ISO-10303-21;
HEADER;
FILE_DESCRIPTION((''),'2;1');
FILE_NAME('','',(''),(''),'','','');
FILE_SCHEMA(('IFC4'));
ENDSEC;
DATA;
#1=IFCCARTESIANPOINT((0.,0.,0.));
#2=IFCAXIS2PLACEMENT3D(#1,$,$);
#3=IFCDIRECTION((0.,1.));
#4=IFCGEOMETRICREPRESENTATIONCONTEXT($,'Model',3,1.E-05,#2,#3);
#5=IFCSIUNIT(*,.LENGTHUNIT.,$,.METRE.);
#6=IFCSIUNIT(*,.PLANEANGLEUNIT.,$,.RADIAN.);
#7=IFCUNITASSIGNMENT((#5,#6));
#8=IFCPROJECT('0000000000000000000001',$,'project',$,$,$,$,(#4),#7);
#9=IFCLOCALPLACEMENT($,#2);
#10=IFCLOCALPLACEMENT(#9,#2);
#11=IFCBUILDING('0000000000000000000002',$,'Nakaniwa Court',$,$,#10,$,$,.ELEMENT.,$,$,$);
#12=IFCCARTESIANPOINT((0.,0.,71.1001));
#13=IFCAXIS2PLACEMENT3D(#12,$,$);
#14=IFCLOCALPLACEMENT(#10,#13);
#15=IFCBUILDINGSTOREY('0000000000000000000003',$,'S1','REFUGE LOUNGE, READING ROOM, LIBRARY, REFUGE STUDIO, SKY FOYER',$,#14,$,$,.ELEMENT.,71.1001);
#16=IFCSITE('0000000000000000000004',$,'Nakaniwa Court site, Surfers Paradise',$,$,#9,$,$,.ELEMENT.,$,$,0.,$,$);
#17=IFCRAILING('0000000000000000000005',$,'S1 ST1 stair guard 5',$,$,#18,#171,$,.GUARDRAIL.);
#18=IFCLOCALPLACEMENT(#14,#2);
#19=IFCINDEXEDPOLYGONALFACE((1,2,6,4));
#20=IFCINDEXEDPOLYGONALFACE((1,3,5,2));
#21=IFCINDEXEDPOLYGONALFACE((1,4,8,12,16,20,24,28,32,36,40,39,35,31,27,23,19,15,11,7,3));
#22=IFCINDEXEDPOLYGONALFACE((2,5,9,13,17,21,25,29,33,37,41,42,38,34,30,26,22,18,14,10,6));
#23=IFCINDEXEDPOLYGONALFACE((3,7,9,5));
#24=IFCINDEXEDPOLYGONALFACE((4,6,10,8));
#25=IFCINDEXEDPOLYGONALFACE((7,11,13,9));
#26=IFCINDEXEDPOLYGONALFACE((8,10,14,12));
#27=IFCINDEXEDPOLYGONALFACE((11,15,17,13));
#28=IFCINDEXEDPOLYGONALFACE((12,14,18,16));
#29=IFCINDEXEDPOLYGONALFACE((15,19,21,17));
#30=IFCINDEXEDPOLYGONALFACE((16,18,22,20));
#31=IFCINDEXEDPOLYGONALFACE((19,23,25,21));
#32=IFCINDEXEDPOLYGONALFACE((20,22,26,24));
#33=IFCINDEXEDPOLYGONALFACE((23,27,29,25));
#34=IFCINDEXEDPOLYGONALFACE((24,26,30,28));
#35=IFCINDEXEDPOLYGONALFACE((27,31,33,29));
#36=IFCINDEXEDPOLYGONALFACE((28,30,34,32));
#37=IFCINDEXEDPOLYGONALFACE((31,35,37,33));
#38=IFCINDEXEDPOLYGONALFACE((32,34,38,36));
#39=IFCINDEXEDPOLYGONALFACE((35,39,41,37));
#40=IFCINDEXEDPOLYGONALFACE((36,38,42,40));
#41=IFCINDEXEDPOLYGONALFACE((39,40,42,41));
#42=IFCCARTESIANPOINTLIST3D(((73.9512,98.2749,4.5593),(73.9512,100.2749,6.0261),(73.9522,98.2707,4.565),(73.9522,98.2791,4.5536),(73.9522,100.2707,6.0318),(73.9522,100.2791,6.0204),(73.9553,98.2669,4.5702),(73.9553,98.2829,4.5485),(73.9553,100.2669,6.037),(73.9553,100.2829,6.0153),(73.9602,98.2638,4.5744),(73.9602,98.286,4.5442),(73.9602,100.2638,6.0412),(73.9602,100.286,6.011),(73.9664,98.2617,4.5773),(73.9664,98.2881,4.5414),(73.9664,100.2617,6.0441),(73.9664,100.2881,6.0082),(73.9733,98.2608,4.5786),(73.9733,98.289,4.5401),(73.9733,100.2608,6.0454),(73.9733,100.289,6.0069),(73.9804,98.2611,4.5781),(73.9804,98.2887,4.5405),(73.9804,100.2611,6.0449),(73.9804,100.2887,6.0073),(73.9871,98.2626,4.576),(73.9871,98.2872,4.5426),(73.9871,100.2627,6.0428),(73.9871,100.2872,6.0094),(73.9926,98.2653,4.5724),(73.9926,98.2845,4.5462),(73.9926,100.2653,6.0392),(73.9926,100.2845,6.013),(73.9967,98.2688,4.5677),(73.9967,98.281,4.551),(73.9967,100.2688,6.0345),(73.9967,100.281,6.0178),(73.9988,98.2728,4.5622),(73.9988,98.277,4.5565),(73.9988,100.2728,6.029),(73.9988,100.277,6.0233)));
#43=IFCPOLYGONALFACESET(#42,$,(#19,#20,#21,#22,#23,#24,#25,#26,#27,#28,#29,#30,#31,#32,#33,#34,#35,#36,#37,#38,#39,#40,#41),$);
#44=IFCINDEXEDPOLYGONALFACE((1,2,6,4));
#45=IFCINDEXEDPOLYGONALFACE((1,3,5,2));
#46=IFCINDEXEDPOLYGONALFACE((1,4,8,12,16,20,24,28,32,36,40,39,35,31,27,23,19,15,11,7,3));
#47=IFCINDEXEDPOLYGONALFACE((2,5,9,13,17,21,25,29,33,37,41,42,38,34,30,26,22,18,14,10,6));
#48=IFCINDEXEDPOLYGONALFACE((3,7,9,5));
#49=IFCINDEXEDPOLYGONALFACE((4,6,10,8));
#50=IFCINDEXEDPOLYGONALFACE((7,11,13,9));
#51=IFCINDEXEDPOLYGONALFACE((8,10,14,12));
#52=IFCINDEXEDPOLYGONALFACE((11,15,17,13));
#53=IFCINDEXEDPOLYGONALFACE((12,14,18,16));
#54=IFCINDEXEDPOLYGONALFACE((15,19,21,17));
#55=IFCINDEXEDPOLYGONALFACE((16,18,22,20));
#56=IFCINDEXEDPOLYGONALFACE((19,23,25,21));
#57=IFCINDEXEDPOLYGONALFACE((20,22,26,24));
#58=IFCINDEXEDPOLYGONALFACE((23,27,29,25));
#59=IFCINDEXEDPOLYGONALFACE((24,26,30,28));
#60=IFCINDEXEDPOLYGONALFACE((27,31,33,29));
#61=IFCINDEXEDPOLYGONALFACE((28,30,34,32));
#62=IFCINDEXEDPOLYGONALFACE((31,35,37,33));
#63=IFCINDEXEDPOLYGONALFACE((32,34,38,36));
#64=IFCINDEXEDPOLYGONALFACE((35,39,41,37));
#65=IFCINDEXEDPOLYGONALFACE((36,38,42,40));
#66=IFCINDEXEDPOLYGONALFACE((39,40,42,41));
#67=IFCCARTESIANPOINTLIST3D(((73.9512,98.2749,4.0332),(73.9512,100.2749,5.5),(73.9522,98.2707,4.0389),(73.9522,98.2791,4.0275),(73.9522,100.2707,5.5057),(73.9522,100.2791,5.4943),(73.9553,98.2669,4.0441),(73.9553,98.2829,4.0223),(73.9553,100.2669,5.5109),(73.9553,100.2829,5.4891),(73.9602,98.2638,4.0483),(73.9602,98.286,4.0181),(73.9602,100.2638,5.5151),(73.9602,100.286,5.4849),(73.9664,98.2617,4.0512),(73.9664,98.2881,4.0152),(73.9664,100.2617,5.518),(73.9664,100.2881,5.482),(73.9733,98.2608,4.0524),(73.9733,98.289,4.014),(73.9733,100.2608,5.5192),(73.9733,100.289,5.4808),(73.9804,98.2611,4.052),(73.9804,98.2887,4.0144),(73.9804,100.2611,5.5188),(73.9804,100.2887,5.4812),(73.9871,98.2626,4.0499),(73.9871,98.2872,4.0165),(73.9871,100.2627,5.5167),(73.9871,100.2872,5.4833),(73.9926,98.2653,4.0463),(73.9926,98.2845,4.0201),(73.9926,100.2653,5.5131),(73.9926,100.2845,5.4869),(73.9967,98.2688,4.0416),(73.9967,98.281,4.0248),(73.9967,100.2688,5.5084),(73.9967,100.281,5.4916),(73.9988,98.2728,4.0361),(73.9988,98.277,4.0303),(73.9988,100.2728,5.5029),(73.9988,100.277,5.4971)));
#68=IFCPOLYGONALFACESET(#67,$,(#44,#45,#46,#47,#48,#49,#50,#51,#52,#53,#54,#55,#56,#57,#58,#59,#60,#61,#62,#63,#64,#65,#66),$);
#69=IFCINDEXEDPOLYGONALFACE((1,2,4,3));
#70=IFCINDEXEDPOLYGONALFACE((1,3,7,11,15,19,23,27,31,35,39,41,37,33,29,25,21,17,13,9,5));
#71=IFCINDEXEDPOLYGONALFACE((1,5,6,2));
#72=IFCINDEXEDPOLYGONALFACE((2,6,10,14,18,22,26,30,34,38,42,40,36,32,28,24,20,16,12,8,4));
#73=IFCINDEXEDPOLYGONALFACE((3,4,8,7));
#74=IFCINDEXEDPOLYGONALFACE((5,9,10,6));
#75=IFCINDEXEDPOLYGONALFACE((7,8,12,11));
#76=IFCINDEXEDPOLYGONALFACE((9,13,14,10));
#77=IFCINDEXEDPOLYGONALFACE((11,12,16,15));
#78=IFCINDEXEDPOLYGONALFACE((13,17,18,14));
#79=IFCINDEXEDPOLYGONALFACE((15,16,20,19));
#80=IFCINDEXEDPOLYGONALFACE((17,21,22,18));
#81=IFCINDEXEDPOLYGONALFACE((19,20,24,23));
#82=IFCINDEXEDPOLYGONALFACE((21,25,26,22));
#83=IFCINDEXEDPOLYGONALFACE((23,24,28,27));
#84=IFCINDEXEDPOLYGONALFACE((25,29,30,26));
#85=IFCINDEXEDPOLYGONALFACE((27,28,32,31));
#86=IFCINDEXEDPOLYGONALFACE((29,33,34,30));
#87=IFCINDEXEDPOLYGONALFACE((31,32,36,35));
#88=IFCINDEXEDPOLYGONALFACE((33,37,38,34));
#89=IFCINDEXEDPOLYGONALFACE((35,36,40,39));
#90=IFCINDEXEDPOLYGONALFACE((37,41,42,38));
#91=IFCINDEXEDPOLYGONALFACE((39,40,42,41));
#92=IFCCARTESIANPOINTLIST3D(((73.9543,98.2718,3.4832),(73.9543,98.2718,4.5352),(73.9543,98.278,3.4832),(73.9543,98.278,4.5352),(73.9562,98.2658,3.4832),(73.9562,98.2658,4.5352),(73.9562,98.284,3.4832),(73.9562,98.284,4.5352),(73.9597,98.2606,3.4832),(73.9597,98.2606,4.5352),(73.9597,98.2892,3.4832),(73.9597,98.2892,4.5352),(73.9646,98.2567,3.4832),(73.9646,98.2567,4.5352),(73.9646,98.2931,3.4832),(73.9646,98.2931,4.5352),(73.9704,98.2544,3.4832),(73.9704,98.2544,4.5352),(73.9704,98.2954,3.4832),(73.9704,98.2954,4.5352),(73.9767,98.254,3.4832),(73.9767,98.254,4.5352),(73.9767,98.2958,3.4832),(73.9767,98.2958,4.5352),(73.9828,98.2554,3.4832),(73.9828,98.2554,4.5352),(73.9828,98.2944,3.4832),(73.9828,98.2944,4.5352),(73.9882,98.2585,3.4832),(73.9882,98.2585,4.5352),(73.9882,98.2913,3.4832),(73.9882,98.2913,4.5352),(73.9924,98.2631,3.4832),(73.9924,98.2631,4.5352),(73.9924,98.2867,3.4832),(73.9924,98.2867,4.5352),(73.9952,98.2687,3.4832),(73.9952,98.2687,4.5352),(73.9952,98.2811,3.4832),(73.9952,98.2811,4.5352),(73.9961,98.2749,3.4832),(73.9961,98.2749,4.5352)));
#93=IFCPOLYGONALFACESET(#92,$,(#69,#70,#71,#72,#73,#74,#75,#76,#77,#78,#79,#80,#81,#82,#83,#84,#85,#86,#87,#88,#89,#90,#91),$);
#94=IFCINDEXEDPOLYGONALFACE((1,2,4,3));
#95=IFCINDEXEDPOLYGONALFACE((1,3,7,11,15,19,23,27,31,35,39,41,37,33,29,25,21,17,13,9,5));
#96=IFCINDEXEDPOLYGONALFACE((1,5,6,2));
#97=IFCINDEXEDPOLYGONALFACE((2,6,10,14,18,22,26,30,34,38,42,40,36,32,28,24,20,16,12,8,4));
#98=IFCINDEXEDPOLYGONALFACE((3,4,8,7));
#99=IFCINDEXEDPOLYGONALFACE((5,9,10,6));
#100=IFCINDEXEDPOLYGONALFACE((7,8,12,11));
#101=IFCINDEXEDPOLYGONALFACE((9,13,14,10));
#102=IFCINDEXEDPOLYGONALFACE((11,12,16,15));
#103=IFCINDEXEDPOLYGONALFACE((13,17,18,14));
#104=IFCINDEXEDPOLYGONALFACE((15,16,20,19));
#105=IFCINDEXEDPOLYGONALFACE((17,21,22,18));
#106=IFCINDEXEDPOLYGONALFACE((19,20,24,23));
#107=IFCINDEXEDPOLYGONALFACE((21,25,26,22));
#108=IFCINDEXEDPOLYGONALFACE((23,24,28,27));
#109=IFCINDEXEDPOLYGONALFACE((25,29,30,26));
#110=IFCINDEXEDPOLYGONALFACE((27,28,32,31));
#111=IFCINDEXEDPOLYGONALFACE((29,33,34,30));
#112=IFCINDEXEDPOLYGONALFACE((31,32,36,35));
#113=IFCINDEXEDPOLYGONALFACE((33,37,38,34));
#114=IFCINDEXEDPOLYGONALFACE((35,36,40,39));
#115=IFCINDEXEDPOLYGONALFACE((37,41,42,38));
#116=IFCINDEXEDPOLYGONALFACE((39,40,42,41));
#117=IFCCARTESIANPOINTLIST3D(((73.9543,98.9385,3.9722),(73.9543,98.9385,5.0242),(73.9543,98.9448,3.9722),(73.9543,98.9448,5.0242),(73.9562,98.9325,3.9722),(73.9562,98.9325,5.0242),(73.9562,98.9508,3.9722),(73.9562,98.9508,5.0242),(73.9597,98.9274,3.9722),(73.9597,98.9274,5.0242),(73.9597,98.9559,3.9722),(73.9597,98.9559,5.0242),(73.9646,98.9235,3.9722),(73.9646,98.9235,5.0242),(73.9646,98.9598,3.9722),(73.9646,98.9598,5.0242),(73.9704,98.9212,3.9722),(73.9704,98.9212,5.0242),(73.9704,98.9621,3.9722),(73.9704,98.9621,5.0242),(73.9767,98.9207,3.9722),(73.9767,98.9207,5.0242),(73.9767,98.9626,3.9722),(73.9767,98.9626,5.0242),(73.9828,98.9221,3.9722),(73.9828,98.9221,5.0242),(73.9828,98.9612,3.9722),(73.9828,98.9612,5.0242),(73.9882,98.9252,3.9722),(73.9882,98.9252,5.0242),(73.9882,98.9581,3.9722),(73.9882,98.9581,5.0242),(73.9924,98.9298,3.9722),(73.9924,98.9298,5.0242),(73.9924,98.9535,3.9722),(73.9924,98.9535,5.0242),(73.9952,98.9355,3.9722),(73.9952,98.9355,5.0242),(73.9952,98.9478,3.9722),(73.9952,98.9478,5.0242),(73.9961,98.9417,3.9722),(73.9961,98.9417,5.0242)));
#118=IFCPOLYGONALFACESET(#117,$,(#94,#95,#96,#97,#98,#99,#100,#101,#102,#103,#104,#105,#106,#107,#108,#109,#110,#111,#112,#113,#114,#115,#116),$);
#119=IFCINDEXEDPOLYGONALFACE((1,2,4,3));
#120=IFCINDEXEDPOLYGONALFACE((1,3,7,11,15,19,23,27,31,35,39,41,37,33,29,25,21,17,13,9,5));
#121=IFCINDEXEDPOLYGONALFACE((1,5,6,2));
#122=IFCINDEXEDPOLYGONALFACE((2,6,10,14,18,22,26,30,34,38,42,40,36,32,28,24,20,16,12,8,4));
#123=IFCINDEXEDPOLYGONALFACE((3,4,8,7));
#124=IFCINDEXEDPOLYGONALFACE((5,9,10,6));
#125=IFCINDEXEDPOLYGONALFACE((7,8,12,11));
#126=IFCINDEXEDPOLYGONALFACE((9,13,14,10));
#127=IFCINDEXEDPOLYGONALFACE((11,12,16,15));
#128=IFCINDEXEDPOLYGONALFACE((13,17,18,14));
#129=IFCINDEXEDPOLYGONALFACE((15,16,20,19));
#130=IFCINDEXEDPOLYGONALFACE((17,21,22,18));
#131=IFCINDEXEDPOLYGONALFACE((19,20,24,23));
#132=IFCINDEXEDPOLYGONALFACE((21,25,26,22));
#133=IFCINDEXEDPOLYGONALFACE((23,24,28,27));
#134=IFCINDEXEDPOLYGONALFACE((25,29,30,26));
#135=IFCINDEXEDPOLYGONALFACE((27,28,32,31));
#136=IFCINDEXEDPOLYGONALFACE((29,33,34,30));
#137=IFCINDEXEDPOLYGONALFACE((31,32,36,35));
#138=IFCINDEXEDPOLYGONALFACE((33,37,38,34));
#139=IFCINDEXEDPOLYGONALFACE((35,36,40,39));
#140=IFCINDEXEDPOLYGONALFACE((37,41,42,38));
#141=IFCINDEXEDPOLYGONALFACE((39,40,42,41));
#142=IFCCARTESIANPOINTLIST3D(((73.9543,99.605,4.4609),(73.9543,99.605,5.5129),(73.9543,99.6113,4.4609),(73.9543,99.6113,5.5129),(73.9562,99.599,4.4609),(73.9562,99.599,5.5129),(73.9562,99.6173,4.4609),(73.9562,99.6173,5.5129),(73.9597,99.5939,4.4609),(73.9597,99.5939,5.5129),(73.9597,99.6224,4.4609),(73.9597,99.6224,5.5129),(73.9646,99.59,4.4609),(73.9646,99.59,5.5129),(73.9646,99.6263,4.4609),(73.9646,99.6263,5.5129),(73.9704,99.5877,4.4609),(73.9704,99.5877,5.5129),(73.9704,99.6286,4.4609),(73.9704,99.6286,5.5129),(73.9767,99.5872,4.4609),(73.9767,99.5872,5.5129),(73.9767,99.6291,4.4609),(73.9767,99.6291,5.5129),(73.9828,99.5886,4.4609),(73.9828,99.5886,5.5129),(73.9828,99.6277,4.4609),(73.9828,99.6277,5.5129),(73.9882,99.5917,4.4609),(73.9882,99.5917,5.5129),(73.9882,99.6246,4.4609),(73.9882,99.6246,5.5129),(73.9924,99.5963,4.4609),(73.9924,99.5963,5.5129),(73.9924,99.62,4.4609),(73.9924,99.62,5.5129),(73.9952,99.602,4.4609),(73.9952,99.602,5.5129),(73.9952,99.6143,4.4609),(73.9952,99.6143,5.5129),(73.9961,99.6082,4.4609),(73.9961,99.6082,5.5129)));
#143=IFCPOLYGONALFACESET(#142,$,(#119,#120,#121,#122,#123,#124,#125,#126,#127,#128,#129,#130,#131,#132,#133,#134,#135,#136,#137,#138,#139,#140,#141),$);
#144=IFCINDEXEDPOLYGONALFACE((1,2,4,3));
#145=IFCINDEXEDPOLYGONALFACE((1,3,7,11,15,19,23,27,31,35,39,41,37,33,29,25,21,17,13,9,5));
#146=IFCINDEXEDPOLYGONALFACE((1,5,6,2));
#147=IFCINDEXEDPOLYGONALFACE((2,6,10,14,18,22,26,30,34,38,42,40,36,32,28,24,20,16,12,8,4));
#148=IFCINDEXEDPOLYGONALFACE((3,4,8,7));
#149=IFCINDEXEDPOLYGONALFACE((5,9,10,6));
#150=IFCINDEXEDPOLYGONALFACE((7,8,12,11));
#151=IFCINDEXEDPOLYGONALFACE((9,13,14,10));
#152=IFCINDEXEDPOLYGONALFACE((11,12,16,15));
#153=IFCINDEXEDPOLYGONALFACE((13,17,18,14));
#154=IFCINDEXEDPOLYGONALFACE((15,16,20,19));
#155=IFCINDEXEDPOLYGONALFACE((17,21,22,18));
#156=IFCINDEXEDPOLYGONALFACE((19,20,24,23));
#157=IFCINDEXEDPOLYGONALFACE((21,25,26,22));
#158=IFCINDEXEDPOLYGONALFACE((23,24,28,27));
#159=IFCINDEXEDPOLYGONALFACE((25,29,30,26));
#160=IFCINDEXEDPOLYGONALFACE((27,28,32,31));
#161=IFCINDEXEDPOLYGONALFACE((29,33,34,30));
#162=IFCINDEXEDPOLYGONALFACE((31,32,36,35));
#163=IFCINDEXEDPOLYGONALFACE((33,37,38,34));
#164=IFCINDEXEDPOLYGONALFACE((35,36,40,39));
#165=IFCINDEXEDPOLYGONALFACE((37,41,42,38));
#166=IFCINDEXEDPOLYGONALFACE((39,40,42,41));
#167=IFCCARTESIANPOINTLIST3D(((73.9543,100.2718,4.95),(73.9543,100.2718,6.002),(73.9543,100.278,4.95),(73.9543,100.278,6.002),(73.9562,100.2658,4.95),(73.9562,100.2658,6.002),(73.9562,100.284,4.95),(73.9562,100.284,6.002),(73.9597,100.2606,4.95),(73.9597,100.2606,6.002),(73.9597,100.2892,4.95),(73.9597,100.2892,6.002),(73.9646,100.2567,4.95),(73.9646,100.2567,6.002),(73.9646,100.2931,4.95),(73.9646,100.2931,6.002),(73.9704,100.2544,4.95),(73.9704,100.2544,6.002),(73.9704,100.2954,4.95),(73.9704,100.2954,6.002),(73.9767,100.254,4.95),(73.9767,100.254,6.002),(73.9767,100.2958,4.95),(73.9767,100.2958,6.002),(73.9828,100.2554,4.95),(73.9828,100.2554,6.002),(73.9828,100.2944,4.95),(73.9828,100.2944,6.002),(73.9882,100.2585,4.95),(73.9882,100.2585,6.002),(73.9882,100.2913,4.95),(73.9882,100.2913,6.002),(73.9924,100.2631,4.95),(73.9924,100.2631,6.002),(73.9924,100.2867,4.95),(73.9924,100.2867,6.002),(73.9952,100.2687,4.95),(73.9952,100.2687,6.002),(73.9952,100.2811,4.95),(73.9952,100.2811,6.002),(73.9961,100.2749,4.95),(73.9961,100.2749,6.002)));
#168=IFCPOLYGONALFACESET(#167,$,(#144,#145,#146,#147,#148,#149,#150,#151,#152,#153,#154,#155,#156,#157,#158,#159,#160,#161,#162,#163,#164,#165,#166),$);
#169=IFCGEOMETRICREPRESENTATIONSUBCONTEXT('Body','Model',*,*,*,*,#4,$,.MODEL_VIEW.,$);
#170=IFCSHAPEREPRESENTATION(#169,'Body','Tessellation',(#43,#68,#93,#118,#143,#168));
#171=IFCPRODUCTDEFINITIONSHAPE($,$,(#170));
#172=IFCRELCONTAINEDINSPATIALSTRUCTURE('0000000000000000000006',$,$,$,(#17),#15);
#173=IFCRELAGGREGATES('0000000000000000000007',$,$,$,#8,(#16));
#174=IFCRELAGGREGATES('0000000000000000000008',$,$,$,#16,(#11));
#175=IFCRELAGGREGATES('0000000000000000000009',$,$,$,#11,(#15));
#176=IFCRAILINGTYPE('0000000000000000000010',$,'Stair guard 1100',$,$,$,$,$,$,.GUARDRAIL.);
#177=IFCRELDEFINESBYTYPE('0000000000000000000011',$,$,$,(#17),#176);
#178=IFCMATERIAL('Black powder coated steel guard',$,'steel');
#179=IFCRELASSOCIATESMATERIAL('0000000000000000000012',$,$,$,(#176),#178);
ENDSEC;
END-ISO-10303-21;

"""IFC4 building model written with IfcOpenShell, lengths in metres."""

from ifc_helpers import new_model, si_unit, direction, frame, origin, origin_2d, place, context, subcontext, project, spatial, circle, extrude, material, type_object, element, save


model = new_model("IFC4")

# Units and contexts
model_context = context("Model", 3, precision=1e-05, world=origin(), true_north=direction((0.0, 1.0)))
body_context = subcontext(model_context, "Body", "Model", "MODEL_VIEW")
ifc_project = project(units=[si_unit("LENGTHUNIT", "METRE"), si_unit("PLANEANGLEUNIT", "RADIAN")], contexts=[model_context])

# Site, building, storey
site_placement = place(None, origin())
site = spatial("IfcSite", under=ifc_project, at=site_placement, Name="Nakaniwa Court site, Surfers Paradise", CompositionType="ELEMENT", RefElevation=0.0)
building_placement = place(site_placement, origin())
building = spatial("IfcBuilding", under=site, at=building_placement, Name="Nakaniwa Court", CompositionType="ELEMENT")
storey_placement = place(building_placement, frame((0.0, 0.0, 71.1001)))
storey = spatial("IfcBuildingStorey", under=building, at=storey_placement, Name="S1", Description="REFUGE LOUNGE, READING ROOM, LIBRARY, REFUGE STUDIO, SKY FOYER", CompositionType="ELEMENT", Elevation=71.1001)

# Railing
ifc_material_1 = material(Name="Black powder coated steel guard", Category="steel")
railing_type = type_object("IfcRailingType", Name="Stair guard 1100", PredefinedType="GUARDRAIL", material=ifc_material_1)
railing_1_placement = place(storey_placement, frame((73.9751, 98.2749, 3.4832)))
element("IfcRailing", 1, at=railing_1_placement, inside=storey, type_object=railing_type, Name="S1 ST1 stair guard 5", PredefinedType="GUARDRAIL", context=body_context, shape_type="SweptSolid", body=[
    extrude(circle(Radius=0.0239, at=origin_2d()), frame((0.0, 0.0, 1.0762), z_axis=(0.0, 0.80638, 0.591398), x_axis=(-1.0, 0.0, 0.0)), (0.0, 0.0, 1.0), 2.4802),
    extrude(circle(Radius=0.0239, at=origin_2d()), frame((0.0, 0.0, 0.55), z_axis=(0.0, 0.80638, 0.591398), x_axis=(-1.0, 0.0, 0.0)), (0.0, 0.0, 1.0), 2.4802),
    extrude(circle(Radius=0.021, at=origin_2d()), origin(), (0.0, 0.0, 1.0), 1.052),
    extrude(circle(Radius=0.021, at=origin_2d()), frame((0.0, 0.6667, 0.489)), (0.0, 0.0, 1.0), 1.052),
    extrude(circle(Radius=0.021, at=origin_2d()), frame((0.0, 1.3333, 0.9778)), (0.0, 0.0, 1.0), 1.052),
    extrude(circle(Radius=0.021, at=origin_2d()), frame((0.0, 2.0, 1.4668)), (0.0, 0.0, 1.0), 1.052),
])

save(model, "model.ifc")
